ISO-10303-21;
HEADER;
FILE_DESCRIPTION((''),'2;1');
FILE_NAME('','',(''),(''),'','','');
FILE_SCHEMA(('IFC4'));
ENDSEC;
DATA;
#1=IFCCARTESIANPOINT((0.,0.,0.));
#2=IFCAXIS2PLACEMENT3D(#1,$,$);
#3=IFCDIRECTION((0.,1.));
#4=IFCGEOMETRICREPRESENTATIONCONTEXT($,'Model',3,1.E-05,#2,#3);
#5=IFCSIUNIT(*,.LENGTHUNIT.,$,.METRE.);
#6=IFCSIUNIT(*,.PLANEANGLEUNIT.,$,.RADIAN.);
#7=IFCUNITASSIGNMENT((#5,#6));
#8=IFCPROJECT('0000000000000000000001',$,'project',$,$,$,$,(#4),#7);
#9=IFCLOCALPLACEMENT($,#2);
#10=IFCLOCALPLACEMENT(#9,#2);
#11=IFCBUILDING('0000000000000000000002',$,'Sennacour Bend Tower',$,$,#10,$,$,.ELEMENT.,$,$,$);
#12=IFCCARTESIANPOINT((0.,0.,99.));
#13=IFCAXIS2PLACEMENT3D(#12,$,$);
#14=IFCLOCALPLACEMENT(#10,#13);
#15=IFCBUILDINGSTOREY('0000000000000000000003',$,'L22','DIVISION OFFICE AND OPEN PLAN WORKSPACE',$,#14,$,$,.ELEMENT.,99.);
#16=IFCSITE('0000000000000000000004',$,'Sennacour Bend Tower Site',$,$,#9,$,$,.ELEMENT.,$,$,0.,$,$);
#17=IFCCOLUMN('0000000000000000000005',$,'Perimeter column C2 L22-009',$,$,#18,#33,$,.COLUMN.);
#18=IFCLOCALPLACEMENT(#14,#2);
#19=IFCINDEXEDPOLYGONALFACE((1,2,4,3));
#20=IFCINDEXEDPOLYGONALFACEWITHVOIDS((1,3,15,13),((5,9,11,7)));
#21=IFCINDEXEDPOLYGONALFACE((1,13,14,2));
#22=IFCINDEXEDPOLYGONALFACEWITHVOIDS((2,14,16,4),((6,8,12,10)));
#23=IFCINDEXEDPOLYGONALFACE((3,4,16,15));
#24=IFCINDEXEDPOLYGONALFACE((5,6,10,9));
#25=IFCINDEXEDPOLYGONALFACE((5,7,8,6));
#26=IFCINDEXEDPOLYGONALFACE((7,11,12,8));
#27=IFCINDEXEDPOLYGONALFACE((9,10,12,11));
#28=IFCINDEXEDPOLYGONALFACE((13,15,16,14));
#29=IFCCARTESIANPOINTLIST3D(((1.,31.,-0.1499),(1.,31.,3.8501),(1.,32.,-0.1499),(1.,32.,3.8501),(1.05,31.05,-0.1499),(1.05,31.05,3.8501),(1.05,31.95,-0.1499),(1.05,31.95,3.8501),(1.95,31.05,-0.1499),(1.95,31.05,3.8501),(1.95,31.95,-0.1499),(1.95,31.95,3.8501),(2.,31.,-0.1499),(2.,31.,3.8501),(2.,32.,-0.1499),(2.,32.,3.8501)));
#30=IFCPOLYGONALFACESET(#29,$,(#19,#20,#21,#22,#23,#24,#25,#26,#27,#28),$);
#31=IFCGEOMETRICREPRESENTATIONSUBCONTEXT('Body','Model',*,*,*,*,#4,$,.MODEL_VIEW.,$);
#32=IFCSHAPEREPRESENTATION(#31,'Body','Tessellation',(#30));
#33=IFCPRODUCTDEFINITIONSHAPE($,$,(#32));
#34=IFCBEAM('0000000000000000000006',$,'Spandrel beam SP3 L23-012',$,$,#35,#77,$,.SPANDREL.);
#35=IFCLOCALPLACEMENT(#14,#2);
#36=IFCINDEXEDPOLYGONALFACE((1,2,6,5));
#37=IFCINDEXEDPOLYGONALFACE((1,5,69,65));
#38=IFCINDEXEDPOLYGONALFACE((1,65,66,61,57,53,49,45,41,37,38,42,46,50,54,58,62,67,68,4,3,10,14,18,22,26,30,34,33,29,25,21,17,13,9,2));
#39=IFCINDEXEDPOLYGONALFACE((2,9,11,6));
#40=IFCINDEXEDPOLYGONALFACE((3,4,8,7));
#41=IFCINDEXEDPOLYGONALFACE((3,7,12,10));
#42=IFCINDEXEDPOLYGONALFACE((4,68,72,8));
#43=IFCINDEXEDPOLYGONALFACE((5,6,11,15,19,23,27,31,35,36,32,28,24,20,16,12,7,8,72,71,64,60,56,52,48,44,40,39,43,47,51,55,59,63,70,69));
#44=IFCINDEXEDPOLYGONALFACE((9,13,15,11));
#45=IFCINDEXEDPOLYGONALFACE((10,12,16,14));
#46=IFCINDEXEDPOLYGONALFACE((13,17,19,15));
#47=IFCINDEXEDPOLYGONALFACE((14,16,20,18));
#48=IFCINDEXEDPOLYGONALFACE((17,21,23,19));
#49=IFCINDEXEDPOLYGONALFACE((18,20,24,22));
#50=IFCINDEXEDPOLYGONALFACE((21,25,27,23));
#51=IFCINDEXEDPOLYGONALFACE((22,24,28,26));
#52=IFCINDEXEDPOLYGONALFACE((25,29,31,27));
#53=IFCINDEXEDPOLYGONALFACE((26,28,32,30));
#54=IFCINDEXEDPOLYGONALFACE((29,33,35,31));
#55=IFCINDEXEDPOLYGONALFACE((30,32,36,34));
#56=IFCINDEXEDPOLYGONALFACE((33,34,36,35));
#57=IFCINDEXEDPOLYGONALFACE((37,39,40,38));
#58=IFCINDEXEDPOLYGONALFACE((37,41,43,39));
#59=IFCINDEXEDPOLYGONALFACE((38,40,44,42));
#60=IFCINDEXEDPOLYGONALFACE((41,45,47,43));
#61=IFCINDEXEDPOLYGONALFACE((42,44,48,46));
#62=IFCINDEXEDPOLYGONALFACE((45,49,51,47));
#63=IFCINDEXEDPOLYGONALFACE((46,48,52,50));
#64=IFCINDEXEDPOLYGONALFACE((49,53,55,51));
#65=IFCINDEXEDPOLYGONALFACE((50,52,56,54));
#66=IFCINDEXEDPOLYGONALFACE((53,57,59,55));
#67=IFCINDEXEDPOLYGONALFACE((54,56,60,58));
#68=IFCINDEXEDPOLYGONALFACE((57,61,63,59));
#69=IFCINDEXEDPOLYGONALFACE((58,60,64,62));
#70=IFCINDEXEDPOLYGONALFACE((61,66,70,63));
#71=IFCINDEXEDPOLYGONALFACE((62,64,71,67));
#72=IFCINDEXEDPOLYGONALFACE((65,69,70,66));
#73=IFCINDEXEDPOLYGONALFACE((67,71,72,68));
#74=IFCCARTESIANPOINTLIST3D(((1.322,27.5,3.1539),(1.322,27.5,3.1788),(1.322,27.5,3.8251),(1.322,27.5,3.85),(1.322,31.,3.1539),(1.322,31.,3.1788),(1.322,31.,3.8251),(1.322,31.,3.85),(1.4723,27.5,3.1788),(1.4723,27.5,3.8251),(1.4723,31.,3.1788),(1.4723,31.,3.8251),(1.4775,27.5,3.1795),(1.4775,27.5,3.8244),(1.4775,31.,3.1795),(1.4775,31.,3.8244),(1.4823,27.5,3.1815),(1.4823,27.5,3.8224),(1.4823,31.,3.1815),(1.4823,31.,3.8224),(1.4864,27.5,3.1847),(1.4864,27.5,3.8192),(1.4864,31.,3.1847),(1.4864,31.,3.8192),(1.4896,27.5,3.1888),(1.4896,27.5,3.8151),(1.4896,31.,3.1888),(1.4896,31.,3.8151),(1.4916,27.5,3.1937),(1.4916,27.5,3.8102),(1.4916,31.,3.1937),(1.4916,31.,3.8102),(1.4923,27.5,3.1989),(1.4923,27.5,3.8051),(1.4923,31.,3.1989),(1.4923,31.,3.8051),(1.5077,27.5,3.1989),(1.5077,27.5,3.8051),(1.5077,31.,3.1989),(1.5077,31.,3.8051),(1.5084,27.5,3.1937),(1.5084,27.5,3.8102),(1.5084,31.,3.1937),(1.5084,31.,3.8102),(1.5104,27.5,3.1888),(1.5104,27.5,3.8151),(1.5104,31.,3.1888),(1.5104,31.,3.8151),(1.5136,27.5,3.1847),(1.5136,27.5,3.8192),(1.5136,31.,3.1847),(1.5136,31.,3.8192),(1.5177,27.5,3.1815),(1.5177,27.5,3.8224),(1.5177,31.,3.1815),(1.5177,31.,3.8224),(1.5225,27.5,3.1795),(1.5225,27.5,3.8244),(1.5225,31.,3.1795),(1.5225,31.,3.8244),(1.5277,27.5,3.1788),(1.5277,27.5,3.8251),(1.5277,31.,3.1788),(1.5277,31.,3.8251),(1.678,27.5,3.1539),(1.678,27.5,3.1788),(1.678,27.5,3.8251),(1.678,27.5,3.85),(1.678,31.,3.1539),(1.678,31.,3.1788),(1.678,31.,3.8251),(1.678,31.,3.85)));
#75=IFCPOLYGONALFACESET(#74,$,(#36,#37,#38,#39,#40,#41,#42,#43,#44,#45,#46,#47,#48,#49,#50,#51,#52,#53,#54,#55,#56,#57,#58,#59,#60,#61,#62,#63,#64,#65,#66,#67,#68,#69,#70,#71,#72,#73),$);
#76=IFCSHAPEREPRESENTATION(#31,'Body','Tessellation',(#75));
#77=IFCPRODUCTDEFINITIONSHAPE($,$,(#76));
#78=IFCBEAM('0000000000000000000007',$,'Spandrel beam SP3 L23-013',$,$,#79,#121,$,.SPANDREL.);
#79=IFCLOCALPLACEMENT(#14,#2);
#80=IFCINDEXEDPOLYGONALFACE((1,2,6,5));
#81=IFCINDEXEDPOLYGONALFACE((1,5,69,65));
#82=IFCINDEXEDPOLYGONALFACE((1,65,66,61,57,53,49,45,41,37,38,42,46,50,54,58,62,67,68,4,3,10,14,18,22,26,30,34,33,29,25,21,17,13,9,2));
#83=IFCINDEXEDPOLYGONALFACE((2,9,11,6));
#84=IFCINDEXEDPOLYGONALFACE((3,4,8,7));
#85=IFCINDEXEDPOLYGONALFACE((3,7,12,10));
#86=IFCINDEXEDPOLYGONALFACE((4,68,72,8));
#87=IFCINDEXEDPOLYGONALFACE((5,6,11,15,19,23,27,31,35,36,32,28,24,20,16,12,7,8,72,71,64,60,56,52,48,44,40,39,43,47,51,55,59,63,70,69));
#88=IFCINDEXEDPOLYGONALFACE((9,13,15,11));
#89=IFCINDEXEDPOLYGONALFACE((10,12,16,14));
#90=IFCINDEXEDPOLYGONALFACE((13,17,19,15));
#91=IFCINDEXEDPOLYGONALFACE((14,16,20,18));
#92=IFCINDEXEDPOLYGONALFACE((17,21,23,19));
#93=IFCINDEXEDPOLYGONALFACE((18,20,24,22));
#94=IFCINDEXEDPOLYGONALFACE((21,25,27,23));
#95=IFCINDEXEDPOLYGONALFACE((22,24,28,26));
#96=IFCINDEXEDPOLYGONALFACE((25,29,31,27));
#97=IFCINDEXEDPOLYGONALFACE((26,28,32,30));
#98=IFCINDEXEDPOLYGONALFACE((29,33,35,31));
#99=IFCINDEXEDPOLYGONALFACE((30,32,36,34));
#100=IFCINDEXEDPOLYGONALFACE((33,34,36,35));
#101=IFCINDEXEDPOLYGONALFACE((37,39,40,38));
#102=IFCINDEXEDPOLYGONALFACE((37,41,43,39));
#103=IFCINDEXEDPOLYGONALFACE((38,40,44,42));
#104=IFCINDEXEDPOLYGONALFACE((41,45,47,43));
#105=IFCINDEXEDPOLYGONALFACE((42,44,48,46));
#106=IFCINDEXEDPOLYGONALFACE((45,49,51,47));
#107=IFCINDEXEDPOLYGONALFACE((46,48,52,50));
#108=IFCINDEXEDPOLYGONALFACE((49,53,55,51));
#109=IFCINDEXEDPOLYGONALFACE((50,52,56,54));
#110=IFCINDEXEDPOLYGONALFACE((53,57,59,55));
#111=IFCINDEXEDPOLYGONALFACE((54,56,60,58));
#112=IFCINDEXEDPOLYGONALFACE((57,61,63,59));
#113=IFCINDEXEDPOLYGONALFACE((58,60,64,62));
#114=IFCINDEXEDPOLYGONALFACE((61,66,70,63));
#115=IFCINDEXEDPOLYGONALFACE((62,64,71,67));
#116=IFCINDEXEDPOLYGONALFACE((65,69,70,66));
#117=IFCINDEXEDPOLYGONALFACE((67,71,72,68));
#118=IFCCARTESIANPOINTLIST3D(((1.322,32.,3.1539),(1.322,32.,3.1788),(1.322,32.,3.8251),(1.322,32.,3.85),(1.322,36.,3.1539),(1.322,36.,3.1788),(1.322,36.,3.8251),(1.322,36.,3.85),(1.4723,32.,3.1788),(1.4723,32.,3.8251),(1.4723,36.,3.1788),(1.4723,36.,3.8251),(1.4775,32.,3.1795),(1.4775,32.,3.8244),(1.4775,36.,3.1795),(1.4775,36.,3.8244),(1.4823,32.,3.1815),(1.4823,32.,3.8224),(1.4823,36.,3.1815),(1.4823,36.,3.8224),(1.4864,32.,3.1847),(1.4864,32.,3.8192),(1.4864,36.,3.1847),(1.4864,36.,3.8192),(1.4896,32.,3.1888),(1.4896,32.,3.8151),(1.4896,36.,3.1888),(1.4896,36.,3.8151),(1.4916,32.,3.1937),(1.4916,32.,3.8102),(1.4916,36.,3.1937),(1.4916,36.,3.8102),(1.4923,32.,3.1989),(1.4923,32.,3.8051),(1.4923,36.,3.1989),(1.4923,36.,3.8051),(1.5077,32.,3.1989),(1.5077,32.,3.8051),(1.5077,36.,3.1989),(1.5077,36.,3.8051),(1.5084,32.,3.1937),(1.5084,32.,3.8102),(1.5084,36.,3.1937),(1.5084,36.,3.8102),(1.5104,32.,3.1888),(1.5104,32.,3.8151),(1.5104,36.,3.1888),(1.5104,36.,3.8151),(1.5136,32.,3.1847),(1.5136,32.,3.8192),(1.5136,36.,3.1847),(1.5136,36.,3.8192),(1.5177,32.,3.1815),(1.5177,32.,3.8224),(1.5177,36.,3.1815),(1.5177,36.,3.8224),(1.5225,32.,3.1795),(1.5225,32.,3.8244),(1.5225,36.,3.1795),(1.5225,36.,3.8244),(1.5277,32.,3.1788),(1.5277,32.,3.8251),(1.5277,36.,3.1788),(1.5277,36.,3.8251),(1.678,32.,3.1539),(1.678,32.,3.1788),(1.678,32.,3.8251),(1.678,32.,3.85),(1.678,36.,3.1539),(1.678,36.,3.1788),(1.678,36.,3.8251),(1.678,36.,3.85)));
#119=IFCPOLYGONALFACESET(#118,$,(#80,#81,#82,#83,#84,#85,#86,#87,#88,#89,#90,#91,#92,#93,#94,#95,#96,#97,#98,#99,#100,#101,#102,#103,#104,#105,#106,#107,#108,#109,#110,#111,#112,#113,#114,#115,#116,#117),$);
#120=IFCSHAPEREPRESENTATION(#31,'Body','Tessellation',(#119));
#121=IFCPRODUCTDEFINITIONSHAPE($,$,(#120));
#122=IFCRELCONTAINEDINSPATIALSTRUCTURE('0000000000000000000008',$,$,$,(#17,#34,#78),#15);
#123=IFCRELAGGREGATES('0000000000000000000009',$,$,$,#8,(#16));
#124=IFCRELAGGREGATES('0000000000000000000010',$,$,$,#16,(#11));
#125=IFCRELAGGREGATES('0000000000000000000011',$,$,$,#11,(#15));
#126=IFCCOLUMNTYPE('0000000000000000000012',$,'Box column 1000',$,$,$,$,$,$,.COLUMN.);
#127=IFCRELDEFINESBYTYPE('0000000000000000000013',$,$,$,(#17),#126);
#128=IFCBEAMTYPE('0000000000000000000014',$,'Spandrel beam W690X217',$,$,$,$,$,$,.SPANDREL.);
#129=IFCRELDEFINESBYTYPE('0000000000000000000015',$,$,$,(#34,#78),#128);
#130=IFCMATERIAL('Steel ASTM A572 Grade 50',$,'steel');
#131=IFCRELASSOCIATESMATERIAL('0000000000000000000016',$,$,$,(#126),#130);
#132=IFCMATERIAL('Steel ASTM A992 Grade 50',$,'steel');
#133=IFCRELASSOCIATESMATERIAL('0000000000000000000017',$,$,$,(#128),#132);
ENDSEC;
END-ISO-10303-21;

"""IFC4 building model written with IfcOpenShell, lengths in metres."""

from ifc_helpers import new_model, si_unit, direction, frame, origin, origin_2d, place, context, subcontext, project, spatial, hollow_rectangle, i_section, extrude, material, material_profile, profile_set, type_object, element, save


model = new_model("IFC4")

# Units and contexts
model_context = context("Model", 3, precision=1e-05, world=origin(), true_north=direction((0.0, 1.0)))
body_context = subcontext(model_context, "Body", "Model", "MODEL_VIEW")
ifc_project = project(units=[si_unit("LENGTHUNIT", "METRE"), si_unit("PLANEANGLEUNIT", "RADIAN")], contexts=[model_context])

# Site, building, storey
site_placement = place(None, origin())
site = spatial("IfcSite", under=ifc_project, at=site_placement, Name="Sennacour Bend Tower Site", CompositionType="ELEMENT", RefElevation=0.0)
building_placement = place(site_placement, origin())
building = spatial("IfcBuilding", under=site, at=building_placement, Name="Sennacour Bend Tower", CompositionType="ELEMENT")
storey_placement = place(building_placement, frame((0.0, 0.0, 99.0)))
storey = spatial("IfcBuildingStorey", under=building, at=storey_placement, Name="L22", Description="DIVISION OFFICE AND OPEN PLAN WORKSPACE", CompositionType="ELEMENT", Elevation=99.0)

# Column
ifc_material_1 = material(Name="Steel ASTM A572 Grade 50", Category="steel")
ifc_material_profile_1 = material_profile(ifc_material_1, hollow_rectangle(XDim=1.0, YDim=1.0, WallThickness=0.05, at=origin_2d()), Name="Steel ASTM A572 Grade 50", Category="steel")
ifc_profile_set_1 = profile_set([ifc_material_profile_1], Name="Steel ASTM A572 Grade 50")
column_type = type_object("IfcColumnType", Name="Box column 1000", PredefinedType="COLUMN", material=ifc_profile_set_1)
column_placement = place(storey_placement, frame((1.5, 31.5, -0.1499), z_axis=(0.0, 0.0, 1.0), x_axis=(1.0, 0.0, 0.0)))
element("IfcColumn", 1, at=column_placement, inside=storey, type_object=column_type, Name="Perimeter column C2 L22-009", PredefinedType="COLUMN", context=body_context, shape_type="SweptSolid", body=[
    extrude(hollow_rectangle(XDim=1.0, YDim=1.0, WallThickness=0.05, at=origin_2d()), origin(), (0.0, 0.0, 1.0), 4.0),
])

# Beams
ifc_material_2 = material(Name="Steel ASTM A992 Grade 50", Category="steel")
ifc_material_profile_2 = material_profile(ifc_material_2, i_section(OverallWidth=0.356, OverallDepth=0.696, WebThickness=0.0154, FlangeThickness=0.0249, FilletRadius=0.02, at=origin_2d()), Name="Steel ASTM A992 Grade 50", Category="steel")
ifc_profile_set_2 = profile_set([ifc_material_profile_2], Name="Steel ASTM A992 Grade 50")
beam_type = type_object("IfcBeamType", Name="Spandrel beam W690X217", PredefinedType="SPANDREL", material=ifc_profile_set_2)
beam_1_placement = place(storey_placement, frame((1.5, 27.5, 3.502), z_axis=(0.0, 1.0, 0.0), x_axis=(-1.0, 0.0, 0.0)))
element("IfcBeam", 2, at=beam_1_placement, inside=storey, type_object=beam_type, Name="Spandrel beam SP3 L23-012", PredefinedType="SPANDREL", context=body_context, shape_type="SweptSolid", body=[
    extrude(i_section(OverallWidth=0.356, OverallDepth=0.696, WebThickness=0.0154, FlangeThickness=0.0249, FilletRadius=0.02, at=origin_2d()), origin(), (0.0, 0.0, 1.0), 3.5),
])
beam_2_placement = place(storey_placement, frame((1.5, 32.0, 3.502), z_axis=(0.0, 1.0, 0.0), x_axis=(-1.0, 0.0, 0.0)))
element("IfcBeam", 3, at=beam_2_placement, inside=storey, type_object=beam_type, Name="Spandrel beam SP3 L23-013", PredefinedType="SPANDREL", context=body_context, shape_type="SweptSolid", body=[
    extrude(i_section(OverallWidth=0.356, OverallDepth=0.696, WebThickness=0.0154, FlangeThickness=0.0249, FilletRadius=0.02, at=origin_2d()), origin(), (0.0, 0.0, 1.0), 4.0),
])

save(model, "model.ifc")
